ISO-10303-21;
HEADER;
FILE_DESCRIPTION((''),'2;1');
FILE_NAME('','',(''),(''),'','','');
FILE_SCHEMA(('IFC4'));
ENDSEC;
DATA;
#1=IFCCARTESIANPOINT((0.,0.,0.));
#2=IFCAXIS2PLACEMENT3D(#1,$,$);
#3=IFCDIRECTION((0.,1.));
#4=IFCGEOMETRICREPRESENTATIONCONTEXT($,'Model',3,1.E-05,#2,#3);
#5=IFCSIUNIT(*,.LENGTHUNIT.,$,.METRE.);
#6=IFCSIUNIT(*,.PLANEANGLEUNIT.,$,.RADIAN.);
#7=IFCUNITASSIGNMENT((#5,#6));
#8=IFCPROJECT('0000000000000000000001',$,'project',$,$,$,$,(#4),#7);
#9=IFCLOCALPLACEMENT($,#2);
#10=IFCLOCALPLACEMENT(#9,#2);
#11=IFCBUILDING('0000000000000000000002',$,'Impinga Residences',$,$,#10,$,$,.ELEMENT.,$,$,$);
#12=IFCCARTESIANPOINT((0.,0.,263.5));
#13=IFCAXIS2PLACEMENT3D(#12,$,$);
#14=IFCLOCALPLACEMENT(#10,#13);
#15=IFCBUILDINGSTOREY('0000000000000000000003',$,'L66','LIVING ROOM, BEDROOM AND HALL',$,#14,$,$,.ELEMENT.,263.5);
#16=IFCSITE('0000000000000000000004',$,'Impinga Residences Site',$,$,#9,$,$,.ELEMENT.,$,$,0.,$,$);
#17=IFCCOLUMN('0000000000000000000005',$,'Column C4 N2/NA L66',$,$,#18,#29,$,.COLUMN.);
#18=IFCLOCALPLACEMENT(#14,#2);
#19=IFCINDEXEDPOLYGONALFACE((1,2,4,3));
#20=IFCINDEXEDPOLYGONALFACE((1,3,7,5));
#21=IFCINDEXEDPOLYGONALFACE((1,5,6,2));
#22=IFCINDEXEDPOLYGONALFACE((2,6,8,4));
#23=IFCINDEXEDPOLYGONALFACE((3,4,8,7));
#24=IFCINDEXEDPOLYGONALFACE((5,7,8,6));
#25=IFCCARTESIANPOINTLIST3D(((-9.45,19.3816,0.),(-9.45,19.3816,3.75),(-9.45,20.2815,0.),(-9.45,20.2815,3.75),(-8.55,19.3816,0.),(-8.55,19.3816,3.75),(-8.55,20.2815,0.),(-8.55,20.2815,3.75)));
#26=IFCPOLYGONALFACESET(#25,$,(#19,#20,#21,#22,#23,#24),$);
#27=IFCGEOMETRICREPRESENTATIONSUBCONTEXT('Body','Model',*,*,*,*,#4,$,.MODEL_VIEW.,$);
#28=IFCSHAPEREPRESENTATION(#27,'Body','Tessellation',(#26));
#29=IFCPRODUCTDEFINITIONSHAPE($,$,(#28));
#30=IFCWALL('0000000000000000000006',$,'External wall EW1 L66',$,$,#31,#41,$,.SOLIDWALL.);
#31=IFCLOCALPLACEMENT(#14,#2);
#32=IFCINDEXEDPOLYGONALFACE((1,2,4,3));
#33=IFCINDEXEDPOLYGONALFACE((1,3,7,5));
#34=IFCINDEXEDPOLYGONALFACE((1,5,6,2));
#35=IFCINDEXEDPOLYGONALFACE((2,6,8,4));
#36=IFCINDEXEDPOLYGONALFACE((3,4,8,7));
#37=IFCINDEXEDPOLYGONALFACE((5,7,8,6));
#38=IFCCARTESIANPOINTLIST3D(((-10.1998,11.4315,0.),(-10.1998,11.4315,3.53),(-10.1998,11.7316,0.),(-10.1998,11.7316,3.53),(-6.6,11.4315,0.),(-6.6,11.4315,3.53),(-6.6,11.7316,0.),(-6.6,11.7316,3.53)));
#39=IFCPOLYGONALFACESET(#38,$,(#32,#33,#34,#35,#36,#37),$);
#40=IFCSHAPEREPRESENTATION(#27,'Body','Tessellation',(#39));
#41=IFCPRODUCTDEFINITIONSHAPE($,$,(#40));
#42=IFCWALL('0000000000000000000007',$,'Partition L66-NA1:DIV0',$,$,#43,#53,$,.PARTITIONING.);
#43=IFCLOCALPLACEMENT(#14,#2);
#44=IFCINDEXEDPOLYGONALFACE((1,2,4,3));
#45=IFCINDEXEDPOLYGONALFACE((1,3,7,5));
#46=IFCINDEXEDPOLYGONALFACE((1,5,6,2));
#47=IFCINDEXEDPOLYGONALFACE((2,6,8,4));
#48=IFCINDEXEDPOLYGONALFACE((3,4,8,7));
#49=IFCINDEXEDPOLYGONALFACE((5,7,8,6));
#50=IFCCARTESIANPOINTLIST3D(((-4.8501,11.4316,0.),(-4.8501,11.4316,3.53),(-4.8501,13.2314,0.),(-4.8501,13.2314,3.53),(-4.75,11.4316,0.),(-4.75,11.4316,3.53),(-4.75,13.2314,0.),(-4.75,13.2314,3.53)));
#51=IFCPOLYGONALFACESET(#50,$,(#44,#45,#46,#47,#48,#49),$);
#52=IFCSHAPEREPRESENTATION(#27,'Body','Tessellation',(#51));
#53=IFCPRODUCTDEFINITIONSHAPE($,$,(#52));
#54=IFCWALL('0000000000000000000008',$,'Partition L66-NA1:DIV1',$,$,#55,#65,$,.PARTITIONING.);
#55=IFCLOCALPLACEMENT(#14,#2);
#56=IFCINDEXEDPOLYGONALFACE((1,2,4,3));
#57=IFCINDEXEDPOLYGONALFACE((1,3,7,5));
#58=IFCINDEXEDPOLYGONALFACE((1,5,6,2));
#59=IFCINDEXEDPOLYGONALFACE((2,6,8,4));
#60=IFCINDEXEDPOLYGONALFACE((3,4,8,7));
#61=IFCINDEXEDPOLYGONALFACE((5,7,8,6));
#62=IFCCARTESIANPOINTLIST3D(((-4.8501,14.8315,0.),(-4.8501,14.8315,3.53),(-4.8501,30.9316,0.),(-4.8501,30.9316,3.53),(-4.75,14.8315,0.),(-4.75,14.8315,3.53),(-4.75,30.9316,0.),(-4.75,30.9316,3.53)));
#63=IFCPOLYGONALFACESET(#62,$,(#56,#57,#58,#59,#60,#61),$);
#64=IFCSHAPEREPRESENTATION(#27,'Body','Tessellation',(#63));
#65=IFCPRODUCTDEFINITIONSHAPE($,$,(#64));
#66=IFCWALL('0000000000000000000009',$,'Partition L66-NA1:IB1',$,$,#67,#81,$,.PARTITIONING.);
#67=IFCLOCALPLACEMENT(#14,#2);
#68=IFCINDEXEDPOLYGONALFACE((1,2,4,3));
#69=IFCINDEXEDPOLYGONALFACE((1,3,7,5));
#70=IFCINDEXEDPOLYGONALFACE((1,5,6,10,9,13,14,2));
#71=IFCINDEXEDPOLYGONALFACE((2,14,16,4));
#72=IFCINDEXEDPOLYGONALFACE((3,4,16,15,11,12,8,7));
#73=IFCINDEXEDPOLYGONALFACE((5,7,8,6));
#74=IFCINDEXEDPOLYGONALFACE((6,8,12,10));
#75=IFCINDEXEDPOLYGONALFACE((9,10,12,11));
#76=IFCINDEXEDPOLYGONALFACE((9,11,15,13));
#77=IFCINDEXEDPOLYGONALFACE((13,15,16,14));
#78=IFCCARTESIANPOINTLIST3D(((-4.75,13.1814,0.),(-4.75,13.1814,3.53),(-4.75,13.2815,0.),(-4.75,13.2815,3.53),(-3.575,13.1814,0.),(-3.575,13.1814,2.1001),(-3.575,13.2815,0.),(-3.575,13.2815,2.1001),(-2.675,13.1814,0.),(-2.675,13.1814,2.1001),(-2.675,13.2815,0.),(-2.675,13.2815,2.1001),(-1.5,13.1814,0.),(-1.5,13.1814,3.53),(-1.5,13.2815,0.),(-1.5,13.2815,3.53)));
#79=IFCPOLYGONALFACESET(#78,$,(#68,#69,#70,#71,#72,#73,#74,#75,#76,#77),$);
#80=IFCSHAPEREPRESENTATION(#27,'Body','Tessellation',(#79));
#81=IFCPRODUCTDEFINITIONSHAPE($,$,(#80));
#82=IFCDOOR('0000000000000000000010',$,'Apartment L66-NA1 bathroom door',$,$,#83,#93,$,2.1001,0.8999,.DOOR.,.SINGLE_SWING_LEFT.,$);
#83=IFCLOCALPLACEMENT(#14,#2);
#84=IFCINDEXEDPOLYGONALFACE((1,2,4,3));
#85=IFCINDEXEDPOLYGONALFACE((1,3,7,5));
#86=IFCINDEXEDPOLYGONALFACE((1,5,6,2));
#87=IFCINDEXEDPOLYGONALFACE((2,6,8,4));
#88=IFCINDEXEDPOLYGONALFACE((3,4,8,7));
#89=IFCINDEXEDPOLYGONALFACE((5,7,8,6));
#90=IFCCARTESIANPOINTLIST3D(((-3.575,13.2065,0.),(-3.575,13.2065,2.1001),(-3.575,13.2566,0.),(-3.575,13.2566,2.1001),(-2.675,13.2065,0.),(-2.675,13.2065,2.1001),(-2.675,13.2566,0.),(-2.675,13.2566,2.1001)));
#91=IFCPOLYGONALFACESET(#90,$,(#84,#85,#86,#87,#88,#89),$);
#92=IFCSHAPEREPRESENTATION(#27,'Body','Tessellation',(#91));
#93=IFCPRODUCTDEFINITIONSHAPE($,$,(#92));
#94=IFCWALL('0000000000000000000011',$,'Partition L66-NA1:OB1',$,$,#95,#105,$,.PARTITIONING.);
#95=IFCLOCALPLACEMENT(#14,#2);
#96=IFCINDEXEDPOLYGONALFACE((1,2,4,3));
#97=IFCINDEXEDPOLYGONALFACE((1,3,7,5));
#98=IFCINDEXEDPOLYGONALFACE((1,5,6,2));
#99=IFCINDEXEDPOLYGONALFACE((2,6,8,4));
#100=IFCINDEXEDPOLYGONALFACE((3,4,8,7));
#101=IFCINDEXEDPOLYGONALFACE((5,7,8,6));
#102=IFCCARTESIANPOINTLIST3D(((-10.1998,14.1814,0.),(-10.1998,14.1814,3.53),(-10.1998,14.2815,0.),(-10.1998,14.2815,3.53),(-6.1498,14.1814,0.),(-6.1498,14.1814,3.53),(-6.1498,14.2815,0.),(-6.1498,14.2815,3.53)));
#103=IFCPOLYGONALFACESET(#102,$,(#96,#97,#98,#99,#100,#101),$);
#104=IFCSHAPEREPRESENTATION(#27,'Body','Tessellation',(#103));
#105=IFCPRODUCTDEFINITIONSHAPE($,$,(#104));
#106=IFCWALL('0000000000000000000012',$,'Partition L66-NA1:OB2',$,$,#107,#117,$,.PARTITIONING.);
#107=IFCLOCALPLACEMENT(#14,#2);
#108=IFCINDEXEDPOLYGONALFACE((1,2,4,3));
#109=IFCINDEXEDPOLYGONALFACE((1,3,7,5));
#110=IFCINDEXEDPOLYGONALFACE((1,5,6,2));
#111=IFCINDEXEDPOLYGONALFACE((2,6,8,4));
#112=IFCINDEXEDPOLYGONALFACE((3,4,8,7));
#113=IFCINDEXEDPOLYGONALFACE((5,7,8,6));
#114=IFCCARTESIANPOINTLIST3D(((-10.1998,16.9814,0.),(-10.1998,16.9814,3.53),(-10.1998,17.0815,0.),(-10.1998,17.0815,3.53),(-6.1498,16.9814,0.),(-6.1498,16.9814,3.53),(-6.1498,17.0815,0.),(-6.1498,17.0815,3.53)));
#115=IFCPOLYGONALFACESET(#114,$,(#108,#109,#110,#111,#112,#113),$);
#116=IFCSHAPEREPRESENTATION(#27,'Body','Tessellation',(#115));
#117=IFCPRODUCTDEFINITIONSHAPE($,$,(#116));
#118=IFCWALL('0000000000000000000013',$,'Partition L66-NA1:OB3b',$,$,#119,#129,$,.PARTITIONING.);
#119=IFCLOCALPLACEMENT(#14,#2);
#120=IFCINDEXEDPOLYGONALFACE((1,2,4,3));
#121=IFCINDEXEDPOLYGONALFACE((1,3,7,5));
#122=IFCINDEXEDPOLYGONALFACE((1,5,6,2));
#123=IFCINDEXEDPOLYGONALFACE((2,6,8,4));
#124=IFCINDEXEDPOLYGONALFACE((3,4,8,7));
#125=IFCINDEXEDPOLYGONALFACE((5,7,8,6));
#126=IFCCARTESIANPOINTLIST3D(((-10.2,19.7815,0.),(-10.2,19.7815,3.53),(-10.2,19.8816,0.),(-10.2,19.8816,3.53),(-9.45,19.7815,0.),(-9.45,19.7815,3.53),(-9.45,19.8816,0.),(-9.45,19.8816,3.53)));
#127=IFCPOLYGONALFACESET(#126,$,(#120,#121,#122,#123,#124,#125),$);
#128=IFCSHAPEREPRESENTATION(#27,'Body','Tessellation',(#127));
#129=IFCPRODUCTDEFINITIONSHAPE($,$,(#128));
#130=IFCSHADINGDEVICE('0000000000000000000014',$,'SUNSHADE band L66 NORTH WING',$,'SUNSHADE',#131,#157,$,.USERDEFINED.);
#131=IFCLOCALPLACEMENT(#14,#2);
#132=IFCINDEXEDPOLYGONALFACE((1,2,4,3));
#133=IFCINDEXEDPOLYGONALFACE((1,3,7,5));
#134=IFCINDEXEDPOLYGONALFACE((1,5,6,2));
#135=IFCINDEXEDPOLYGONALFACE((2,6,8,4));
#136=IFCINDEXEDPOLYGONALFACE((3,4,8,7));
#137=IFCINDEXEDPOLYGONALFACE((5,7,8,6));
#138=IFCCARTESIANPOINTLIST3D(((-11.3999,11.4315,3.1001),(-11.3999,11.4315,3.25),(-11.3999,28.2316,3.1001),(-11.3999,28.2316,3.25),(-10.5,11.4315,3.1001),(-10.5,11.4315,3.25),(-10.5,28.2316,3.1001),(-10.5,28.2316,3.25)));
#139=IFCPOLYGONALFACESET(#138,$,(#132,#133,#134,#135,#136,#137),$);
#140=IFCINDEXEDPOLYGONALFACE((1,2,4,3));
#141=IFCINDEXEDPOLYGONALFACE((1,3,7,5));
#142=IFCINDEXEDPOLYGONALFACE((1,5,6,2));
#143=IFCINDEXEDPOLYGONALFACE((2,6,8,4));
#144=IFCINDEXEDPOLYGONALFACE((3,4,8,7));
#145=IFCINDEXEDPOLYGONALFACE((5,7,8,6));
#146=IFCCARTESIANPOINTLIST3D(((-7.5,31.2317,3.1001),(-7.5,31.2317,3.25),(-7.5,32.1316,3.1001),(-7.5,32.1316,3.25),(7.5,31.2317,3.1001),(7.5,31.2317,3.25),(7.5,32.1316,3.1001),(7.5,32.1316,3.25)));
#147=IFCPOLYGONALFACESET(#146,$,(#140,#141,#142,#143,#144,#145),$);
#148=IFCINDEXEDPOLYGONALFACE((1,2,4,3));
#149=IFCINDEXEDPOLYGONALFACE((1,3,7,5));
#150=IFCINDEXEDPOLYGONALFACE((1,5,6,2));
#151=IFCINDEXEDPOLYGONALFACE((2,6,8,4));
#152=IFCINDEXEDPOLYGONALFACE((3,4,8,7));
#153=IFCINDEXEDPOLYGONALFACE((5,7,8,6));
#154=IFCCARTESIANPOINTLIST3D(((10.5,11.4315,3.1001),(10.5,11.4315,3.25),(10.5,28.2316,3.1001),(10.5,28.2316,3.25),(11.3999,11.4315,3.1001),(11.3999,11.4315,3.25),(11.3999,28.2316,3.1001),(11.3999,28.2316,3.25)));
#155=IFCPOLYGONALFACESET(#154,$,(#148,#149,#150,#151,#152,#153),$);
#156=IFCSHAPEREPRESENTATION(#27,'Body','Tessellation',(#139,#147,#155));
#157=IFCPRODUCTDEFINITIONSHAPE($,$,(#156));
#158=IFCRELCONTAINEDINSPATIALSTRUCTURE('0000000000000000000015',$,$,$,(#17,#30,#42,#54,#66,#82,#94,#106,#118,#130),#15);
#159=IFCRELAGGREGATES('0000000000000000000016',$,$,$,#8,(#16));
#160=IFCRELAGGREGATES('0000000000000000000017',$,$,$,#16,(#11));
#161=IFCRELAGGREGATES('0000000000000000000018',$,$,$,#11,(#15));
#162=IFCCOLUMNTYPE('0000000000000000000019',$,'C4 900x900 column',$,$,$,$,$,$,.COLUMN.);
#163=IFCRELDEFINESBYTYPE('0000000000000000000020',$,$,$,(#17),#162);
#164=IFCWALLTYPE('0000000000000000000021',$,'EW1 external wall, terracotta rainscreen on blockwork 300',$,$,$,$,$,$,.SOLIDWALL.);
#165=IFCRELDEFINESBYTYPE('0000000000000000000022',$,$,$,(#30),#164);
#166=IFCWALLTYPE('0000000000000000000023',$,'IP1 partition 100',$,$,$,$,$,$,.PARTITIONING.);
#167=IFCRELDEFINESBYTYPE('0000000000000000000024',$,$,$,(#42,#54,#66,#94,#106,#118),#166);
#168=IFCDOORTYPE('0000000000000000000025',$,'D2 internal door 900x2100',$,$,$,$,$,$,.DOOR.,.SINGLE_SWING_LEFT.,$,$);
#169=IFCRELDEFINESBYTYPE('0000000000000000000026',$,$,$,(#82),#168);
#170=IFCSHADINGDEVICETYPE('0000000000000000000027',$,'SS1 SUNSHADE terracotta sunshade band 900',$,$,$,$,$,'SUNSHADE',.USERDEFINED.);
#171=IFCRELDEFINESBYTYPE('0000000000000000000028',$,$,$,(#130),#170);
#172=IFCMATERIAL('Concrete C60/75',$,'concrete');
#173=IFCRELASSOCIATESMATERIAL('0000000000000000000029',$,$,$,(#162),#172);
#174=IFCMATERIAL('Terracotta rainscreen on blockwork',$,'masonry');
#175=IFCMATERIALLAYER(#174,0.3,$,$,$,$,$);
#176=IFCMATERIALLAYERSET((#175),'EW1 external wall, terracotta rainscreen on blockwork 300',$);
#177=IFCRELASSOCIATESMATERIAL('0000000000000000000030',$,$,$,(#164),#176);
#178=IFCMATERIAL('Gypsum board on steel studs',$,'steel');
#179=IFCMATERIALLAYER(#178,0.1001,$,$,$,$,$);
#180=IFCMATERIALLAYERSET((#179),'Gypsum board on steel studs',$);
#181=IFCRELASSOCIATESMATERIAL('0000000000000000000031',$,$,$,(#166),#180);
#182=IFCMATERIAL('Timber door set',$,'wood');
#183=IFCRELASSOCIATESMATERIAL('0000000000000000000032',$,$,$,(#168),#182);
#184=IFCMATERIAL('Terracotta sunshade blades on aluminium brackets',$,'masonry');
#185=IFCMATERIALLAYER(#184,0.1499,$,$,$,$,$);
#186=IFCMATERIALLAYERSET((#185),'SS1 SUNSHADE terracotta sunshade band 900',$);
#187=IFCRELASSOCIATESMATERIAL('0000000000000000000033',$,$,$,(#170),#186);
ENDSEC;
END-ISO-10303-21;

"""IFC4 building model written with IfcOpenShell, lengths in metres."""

from ifc_helpers import new_model, si_unit, direction, frame, frame_2d, origin, origin_2d, place, context, subcontext, project, spatial, rectangle, extrude, material, layer, layer_set, material_profile, profile_set, type_object, element, fill, save


model = new_model("IFC4")

# Units and contexts
model_context = context("Model", 3, precision=1e-05, world=origin(), true_north=direction((0.0, 1.0)))
body_context = subcontext(model_context, "Body", "Model", "MODEL_VIEW")
ifc_project = project(units=[si_unit("LENGTHUNIT", "METRE"), si_unit("PLANEANGLEUNIT", "RADIAN")], contexts=[model_context])

# Site, building, storey
site_placement = place(None, origin())
site = spatial("IfcSite", under=ifc_project, at=site_placement, Name="Impinga Residences Site", CompositionType="ELEMENT", RefElevation=0.0)
building_placement = place(site_placement, origin())
building = spatial("IfcBuilding", under=site, at=building_placement, Name="Impinga Residences", CompositionType="ELEMENT")
storey_placement = place(building_placement, frame((0.0, 0.0, 263.5)))
storey = spatial("IfcBuildingStorey", under=building, at=storey_placement, Name="L66", Description="LIVING ROOM, BEDROOM AND HALL", CompositionType="ELEMENT", Elevation=263.5)

# Column
ifc_material_1 = material(Name="Concrete C60/75", Category="concrete")
ifc_material_profile = material_profile(ifc_material_1, rectangle(XDim=0.8999, YDim=0.8999, at=origin_2d()), Name="RC 900x900")
ifc_profile_set = profile_set([ifc_material_profile], Name="Concrete C60/75")
column_type = type_object("IfcColumnType", Name="C4 900x900 column", PredefinedType="COLUMN", material=ifc_profile_set)
column_placement = place(storey_placement, frame((-9.0, 19.8315, 0.0), z_axis=(0.0, 0.0, 1.0), x_axis=(1.0, 0.0, 0.0)))
element("IfcColumn", 1, at=column_placement, inside=storey, type_object=column_type, Name="Column C4 N2/NA L66", PredefinedType="COLUMN", context=body_context, shape_type="SweptSolid", body=[
    extrude(rectangle(XDim=0.8999, YDim=0.8999, at=origin_2d()), origin(), (0.0, 0.0, 1.0), 3.75),
])

# Walls
ifc_material_2 = material(Name="Terracotta rainscreen on blockwork", Category="masonry")
ifc_layer_1 = layer(ifc_material_2, 0.3)
ifc_layer_set_1 = layer_set([ifc_layer_1], Name="EW1 external wall, terracotta rainscreen on blockwork 300")
wall_type_1 = type_object("IfcWallType", Name="EW1 external wall, terracotta rainscreen on blockwork 300", PredefinedType="SOLIDWALL", material=ifc_layer_set_1)
wall_1_placement = place(storey_placement, frame((-6.6001, 11.5815, 0.0), z_axis=(0.0, 0.0, 1.0), x_axis=(-1.0, 0.0, 0.0)))
element("IfcWall", 2, at=wall_1_placement, inside=storey, type_object=wall_type_1, Name="External wall EW1 L66", PredefinedType="SOLIDWALL", context=body_context, shape_type="SweptSolid", body=[
    extrude(rectangle(XDim=3.5999, YDim=0.3, at=frame_2d((1.7998, 0.0))), origin(), (0.0, 0.0, 1.0), 3.53),
])
ifc_material_3 = material(Name="Gypsum board on steel studs", Category="steel")
ifc_layer_2 = layer(ifc_material_3, 0.1001)
ifc_layer_set_2 = layer_set([ifc_layer_2], Name="Gypsum board on steel studs")
wall_type_2 = type_object("IfcWallType", Name="IP1 partition 100", PredefinedType="PARTITIONING", material=ifc_layer_set_2)
wall_2_placement = place(storey_placement, frame((-4.8, 11.4316, 0.0), z_axis=(0.0, 0.0, 1.0), x_axis=(0.0, 1.0, 0.0)))
element("IfcWall", 3, at=wall_2_placement, inside=storey, type_object=wall_type_2, Name="Partition L66-NA1:DIV0", PredefinedType="PARTITIONING", context=body_context, shape_type="SweptSolid", body=[
    extrude(rectangle(XDim=1.7998, YDim=0.1001, at=frame_2d((0.8999, 0.0))), origin(), (0.0, 0.0, 1.0), 3.53),
])
wall_3_placement = place(storey_placement, frame((-4.8, 14.8315, 0.0), z_axis=(0.0, 0.0, 1.0), x_axis=(0.0, 1.0, 0.0)))
element("IfcWall", 4, at=wall_3_placement, inside=storey, type_object=wall_type_2, Name="Partition L66-NA1:DIV1", PredefinedType="PARTITIONING", context=body_context, shape_type="SweptSolid", body=[
    extrude(rectangle(XDim=16.1001, YDim=0.1001, at=frame_2d((8.05, 0.0))), origin(), (0.0, 0.0, 1.0), 3.53),
])

# Wall, opening, door
wall_4_placement = place(storey_placement, frame((-1.5, 13.2314, 0.0), z_axis=(0.0, 0.0, 1.0), x_axis=(-1.0, 0.0, 0.0)))
wall_4 = element("IfcWall", 5, at=wall_4_placement, inside=storey, type_object=wall_type_2, Name="Partition L66-NA1:IB1", PredefinedType="PARTITIONING", context=body_context, shape_type="SweptSolid", body=[
    extrude(rectangle(XDim=3.25, YDim=0.1001, at=frame_2d((1.625, 0.0))), origin(), (0.0, 0.0, 1.0), 3.53),
])
opening_placement = place(wall_4_placement, frame((1.175, 0.0, 0.0)))
opening = element("IfcOpeningElement", 6, at=opening_placement, cuts=wall_4, PredefinedType="OPENING", context=body_context, shape_type="SweptSolid", body=[
    extrude(rectangle(XDim=0.8999, YDim=2.1001, at=frame_2d((0.45, 1.05))), frame((0.0, 0.0601, 0.0), z_axis=(0.0, -1.0, 0.0), x_axis=(1.0, 0.0, 0.0)), (0.0, 0.0, 1.0), 0.1201),
])
ifc_material_4 = material(Name="Timber door set", Category="wood")
door_type = type_object("IfcDoorType", Name="D2 internal door 900x2100", OperationType="SINGLE_SWING_LEFT", PredefinedType="DOOR", material=ifc_material_4)
door_placement = place(opening_placement, origin())
door = element("IfcDoor", 7, at=door_placement, inside=storey, type_object=door_type, Name="Apartment L66-NA1 bathroom door", OperationType="SINGLE_SWING_LEFT", OverallHeight=2.1001, OverallWidth=0.8999, PredefinedType="DOOR", context=body_context, shape_type="SweptSolid", body=[
    extrude(rectangle(XDim=0.8999, YDim=2.1001, at=frame_2d((0.45, 1.05))), frame((0.0, 0.0249, 0.0), z_axis=(0.0, -1.0, 0.0), x_axis=(1.0, 0.0, 0.0)), (0.0, 0.0, 1.0), 0.05),
])
fill(opening, door)

# Walls
for number, where, z_axis, x_axis, name in (
    (8, (-6.1499, 14.2314, 0.0), (0.0, 0.0, 1.0), (-1.0, 0.0, 0.0), "Partition L66-NA1:OB1"),
    (9, (-6.1499, 17.0315, 0.0), (0.0, 0.0, 1.0), (-1.0, 0.0, 0.0), "Partition L66-NA1:OB2"),
):
    element("IfcWall", number, at=place(storey_placement, frame(where, z_axis=z_axis, x_axis=x_axis)), inside=storey, type_object=wall_type_2, Name=name, PredefinedType="PARTITIONING", context=body_context, shape_type="SweptSolid", body=[
        extrude(rectangle(XDim=4.05, YDim=0.1001, at=frame_2d((2.0249, 0.0))), origin(), (0.0, 0.0, 1.0), 3.53),
    ])
wall_5_placement = place(storey_placement, frame((-9.45, 19.8315, 0.0), z_axis=(0.0, 0.0, 1.0), x_axis=(-1.0, 0.0, 0.0)))
element("IfcWall", 10, at=wall_5_placement, inside=storey, type_object=wall_type_2, Name="Partition L66-NA1:OB3b", PredefinedType="PARTITIONING", context=body_context, shape_type="SweptSolid", body=[
    extrude(rectangle(XDim=0.75, YDim=0.1001, at=frame_2d((0.375, 0.0))), origin(), (0.0, 0.0, 1.0), 3.53),
])

# Shading device
ifc_material_5 = material(Name="Terracotta sunshade blades on aluminium brackets", Category="masonry")
ifc_layer_3 = layer(ifc_material_5, 0.1499)
ifc_layer_set_3 = layer_set([ifc_layer_3], Name="SS1 SUNSHADE terracotta sunshade band 900")
shading_device_type = type_object("IfcShadingDeviceType", Name="SS1 SUNSHADE terracotta sunshade band 900", ElementType="SUNSHADE", PredefinedType="USERDEFINED", material=ifc_layer_set_3)
shading_device_placement = place(storey_placement, frame((-10.95, 19.8315, 3.1001), z_axis=(0.0, 0.0, 1.0), x_axis=(0.0, 1.0, 0.0)))
element("IfcShadingDevice", 11, at=shading_device_placement, inside=storey, type_object=shading_device_type, Name="SUNSHADE band L66 NORTH WING", ObjectType="SUNSHADE", PredefinedType="USERDEFINED", context=body_context, shape_type="SweptSolid", body=[
    extrude(rectangle(XDim=16.8, YDim=0.8999, at=origin_2d()), origin(), (0.0, 0.0, 1.0), 0.1499),
    extrude(rectangle(XDim=15.0, YDim=0.8999, at=origin_2d()), frame((11.8501, -10.95, 0.0), z_axis=(0.0, 0.0, 1.0), x_axis=(0.0, -1.0, 0.0)), (0.0, 0.0, 1.0), 0.1499),
    extrude(rectangle(XDim=16.8, YDim=0.8999, at=origin_2d()), frame((0.0, -21.8999, 0.0), z_axis=(0.0, 0.0, 1.0), x_axis=(-1.0, 0.0, 0.0)), (0.0, 0.0, 1.0), 0.1499),
])

save(model, "model.ifc")
